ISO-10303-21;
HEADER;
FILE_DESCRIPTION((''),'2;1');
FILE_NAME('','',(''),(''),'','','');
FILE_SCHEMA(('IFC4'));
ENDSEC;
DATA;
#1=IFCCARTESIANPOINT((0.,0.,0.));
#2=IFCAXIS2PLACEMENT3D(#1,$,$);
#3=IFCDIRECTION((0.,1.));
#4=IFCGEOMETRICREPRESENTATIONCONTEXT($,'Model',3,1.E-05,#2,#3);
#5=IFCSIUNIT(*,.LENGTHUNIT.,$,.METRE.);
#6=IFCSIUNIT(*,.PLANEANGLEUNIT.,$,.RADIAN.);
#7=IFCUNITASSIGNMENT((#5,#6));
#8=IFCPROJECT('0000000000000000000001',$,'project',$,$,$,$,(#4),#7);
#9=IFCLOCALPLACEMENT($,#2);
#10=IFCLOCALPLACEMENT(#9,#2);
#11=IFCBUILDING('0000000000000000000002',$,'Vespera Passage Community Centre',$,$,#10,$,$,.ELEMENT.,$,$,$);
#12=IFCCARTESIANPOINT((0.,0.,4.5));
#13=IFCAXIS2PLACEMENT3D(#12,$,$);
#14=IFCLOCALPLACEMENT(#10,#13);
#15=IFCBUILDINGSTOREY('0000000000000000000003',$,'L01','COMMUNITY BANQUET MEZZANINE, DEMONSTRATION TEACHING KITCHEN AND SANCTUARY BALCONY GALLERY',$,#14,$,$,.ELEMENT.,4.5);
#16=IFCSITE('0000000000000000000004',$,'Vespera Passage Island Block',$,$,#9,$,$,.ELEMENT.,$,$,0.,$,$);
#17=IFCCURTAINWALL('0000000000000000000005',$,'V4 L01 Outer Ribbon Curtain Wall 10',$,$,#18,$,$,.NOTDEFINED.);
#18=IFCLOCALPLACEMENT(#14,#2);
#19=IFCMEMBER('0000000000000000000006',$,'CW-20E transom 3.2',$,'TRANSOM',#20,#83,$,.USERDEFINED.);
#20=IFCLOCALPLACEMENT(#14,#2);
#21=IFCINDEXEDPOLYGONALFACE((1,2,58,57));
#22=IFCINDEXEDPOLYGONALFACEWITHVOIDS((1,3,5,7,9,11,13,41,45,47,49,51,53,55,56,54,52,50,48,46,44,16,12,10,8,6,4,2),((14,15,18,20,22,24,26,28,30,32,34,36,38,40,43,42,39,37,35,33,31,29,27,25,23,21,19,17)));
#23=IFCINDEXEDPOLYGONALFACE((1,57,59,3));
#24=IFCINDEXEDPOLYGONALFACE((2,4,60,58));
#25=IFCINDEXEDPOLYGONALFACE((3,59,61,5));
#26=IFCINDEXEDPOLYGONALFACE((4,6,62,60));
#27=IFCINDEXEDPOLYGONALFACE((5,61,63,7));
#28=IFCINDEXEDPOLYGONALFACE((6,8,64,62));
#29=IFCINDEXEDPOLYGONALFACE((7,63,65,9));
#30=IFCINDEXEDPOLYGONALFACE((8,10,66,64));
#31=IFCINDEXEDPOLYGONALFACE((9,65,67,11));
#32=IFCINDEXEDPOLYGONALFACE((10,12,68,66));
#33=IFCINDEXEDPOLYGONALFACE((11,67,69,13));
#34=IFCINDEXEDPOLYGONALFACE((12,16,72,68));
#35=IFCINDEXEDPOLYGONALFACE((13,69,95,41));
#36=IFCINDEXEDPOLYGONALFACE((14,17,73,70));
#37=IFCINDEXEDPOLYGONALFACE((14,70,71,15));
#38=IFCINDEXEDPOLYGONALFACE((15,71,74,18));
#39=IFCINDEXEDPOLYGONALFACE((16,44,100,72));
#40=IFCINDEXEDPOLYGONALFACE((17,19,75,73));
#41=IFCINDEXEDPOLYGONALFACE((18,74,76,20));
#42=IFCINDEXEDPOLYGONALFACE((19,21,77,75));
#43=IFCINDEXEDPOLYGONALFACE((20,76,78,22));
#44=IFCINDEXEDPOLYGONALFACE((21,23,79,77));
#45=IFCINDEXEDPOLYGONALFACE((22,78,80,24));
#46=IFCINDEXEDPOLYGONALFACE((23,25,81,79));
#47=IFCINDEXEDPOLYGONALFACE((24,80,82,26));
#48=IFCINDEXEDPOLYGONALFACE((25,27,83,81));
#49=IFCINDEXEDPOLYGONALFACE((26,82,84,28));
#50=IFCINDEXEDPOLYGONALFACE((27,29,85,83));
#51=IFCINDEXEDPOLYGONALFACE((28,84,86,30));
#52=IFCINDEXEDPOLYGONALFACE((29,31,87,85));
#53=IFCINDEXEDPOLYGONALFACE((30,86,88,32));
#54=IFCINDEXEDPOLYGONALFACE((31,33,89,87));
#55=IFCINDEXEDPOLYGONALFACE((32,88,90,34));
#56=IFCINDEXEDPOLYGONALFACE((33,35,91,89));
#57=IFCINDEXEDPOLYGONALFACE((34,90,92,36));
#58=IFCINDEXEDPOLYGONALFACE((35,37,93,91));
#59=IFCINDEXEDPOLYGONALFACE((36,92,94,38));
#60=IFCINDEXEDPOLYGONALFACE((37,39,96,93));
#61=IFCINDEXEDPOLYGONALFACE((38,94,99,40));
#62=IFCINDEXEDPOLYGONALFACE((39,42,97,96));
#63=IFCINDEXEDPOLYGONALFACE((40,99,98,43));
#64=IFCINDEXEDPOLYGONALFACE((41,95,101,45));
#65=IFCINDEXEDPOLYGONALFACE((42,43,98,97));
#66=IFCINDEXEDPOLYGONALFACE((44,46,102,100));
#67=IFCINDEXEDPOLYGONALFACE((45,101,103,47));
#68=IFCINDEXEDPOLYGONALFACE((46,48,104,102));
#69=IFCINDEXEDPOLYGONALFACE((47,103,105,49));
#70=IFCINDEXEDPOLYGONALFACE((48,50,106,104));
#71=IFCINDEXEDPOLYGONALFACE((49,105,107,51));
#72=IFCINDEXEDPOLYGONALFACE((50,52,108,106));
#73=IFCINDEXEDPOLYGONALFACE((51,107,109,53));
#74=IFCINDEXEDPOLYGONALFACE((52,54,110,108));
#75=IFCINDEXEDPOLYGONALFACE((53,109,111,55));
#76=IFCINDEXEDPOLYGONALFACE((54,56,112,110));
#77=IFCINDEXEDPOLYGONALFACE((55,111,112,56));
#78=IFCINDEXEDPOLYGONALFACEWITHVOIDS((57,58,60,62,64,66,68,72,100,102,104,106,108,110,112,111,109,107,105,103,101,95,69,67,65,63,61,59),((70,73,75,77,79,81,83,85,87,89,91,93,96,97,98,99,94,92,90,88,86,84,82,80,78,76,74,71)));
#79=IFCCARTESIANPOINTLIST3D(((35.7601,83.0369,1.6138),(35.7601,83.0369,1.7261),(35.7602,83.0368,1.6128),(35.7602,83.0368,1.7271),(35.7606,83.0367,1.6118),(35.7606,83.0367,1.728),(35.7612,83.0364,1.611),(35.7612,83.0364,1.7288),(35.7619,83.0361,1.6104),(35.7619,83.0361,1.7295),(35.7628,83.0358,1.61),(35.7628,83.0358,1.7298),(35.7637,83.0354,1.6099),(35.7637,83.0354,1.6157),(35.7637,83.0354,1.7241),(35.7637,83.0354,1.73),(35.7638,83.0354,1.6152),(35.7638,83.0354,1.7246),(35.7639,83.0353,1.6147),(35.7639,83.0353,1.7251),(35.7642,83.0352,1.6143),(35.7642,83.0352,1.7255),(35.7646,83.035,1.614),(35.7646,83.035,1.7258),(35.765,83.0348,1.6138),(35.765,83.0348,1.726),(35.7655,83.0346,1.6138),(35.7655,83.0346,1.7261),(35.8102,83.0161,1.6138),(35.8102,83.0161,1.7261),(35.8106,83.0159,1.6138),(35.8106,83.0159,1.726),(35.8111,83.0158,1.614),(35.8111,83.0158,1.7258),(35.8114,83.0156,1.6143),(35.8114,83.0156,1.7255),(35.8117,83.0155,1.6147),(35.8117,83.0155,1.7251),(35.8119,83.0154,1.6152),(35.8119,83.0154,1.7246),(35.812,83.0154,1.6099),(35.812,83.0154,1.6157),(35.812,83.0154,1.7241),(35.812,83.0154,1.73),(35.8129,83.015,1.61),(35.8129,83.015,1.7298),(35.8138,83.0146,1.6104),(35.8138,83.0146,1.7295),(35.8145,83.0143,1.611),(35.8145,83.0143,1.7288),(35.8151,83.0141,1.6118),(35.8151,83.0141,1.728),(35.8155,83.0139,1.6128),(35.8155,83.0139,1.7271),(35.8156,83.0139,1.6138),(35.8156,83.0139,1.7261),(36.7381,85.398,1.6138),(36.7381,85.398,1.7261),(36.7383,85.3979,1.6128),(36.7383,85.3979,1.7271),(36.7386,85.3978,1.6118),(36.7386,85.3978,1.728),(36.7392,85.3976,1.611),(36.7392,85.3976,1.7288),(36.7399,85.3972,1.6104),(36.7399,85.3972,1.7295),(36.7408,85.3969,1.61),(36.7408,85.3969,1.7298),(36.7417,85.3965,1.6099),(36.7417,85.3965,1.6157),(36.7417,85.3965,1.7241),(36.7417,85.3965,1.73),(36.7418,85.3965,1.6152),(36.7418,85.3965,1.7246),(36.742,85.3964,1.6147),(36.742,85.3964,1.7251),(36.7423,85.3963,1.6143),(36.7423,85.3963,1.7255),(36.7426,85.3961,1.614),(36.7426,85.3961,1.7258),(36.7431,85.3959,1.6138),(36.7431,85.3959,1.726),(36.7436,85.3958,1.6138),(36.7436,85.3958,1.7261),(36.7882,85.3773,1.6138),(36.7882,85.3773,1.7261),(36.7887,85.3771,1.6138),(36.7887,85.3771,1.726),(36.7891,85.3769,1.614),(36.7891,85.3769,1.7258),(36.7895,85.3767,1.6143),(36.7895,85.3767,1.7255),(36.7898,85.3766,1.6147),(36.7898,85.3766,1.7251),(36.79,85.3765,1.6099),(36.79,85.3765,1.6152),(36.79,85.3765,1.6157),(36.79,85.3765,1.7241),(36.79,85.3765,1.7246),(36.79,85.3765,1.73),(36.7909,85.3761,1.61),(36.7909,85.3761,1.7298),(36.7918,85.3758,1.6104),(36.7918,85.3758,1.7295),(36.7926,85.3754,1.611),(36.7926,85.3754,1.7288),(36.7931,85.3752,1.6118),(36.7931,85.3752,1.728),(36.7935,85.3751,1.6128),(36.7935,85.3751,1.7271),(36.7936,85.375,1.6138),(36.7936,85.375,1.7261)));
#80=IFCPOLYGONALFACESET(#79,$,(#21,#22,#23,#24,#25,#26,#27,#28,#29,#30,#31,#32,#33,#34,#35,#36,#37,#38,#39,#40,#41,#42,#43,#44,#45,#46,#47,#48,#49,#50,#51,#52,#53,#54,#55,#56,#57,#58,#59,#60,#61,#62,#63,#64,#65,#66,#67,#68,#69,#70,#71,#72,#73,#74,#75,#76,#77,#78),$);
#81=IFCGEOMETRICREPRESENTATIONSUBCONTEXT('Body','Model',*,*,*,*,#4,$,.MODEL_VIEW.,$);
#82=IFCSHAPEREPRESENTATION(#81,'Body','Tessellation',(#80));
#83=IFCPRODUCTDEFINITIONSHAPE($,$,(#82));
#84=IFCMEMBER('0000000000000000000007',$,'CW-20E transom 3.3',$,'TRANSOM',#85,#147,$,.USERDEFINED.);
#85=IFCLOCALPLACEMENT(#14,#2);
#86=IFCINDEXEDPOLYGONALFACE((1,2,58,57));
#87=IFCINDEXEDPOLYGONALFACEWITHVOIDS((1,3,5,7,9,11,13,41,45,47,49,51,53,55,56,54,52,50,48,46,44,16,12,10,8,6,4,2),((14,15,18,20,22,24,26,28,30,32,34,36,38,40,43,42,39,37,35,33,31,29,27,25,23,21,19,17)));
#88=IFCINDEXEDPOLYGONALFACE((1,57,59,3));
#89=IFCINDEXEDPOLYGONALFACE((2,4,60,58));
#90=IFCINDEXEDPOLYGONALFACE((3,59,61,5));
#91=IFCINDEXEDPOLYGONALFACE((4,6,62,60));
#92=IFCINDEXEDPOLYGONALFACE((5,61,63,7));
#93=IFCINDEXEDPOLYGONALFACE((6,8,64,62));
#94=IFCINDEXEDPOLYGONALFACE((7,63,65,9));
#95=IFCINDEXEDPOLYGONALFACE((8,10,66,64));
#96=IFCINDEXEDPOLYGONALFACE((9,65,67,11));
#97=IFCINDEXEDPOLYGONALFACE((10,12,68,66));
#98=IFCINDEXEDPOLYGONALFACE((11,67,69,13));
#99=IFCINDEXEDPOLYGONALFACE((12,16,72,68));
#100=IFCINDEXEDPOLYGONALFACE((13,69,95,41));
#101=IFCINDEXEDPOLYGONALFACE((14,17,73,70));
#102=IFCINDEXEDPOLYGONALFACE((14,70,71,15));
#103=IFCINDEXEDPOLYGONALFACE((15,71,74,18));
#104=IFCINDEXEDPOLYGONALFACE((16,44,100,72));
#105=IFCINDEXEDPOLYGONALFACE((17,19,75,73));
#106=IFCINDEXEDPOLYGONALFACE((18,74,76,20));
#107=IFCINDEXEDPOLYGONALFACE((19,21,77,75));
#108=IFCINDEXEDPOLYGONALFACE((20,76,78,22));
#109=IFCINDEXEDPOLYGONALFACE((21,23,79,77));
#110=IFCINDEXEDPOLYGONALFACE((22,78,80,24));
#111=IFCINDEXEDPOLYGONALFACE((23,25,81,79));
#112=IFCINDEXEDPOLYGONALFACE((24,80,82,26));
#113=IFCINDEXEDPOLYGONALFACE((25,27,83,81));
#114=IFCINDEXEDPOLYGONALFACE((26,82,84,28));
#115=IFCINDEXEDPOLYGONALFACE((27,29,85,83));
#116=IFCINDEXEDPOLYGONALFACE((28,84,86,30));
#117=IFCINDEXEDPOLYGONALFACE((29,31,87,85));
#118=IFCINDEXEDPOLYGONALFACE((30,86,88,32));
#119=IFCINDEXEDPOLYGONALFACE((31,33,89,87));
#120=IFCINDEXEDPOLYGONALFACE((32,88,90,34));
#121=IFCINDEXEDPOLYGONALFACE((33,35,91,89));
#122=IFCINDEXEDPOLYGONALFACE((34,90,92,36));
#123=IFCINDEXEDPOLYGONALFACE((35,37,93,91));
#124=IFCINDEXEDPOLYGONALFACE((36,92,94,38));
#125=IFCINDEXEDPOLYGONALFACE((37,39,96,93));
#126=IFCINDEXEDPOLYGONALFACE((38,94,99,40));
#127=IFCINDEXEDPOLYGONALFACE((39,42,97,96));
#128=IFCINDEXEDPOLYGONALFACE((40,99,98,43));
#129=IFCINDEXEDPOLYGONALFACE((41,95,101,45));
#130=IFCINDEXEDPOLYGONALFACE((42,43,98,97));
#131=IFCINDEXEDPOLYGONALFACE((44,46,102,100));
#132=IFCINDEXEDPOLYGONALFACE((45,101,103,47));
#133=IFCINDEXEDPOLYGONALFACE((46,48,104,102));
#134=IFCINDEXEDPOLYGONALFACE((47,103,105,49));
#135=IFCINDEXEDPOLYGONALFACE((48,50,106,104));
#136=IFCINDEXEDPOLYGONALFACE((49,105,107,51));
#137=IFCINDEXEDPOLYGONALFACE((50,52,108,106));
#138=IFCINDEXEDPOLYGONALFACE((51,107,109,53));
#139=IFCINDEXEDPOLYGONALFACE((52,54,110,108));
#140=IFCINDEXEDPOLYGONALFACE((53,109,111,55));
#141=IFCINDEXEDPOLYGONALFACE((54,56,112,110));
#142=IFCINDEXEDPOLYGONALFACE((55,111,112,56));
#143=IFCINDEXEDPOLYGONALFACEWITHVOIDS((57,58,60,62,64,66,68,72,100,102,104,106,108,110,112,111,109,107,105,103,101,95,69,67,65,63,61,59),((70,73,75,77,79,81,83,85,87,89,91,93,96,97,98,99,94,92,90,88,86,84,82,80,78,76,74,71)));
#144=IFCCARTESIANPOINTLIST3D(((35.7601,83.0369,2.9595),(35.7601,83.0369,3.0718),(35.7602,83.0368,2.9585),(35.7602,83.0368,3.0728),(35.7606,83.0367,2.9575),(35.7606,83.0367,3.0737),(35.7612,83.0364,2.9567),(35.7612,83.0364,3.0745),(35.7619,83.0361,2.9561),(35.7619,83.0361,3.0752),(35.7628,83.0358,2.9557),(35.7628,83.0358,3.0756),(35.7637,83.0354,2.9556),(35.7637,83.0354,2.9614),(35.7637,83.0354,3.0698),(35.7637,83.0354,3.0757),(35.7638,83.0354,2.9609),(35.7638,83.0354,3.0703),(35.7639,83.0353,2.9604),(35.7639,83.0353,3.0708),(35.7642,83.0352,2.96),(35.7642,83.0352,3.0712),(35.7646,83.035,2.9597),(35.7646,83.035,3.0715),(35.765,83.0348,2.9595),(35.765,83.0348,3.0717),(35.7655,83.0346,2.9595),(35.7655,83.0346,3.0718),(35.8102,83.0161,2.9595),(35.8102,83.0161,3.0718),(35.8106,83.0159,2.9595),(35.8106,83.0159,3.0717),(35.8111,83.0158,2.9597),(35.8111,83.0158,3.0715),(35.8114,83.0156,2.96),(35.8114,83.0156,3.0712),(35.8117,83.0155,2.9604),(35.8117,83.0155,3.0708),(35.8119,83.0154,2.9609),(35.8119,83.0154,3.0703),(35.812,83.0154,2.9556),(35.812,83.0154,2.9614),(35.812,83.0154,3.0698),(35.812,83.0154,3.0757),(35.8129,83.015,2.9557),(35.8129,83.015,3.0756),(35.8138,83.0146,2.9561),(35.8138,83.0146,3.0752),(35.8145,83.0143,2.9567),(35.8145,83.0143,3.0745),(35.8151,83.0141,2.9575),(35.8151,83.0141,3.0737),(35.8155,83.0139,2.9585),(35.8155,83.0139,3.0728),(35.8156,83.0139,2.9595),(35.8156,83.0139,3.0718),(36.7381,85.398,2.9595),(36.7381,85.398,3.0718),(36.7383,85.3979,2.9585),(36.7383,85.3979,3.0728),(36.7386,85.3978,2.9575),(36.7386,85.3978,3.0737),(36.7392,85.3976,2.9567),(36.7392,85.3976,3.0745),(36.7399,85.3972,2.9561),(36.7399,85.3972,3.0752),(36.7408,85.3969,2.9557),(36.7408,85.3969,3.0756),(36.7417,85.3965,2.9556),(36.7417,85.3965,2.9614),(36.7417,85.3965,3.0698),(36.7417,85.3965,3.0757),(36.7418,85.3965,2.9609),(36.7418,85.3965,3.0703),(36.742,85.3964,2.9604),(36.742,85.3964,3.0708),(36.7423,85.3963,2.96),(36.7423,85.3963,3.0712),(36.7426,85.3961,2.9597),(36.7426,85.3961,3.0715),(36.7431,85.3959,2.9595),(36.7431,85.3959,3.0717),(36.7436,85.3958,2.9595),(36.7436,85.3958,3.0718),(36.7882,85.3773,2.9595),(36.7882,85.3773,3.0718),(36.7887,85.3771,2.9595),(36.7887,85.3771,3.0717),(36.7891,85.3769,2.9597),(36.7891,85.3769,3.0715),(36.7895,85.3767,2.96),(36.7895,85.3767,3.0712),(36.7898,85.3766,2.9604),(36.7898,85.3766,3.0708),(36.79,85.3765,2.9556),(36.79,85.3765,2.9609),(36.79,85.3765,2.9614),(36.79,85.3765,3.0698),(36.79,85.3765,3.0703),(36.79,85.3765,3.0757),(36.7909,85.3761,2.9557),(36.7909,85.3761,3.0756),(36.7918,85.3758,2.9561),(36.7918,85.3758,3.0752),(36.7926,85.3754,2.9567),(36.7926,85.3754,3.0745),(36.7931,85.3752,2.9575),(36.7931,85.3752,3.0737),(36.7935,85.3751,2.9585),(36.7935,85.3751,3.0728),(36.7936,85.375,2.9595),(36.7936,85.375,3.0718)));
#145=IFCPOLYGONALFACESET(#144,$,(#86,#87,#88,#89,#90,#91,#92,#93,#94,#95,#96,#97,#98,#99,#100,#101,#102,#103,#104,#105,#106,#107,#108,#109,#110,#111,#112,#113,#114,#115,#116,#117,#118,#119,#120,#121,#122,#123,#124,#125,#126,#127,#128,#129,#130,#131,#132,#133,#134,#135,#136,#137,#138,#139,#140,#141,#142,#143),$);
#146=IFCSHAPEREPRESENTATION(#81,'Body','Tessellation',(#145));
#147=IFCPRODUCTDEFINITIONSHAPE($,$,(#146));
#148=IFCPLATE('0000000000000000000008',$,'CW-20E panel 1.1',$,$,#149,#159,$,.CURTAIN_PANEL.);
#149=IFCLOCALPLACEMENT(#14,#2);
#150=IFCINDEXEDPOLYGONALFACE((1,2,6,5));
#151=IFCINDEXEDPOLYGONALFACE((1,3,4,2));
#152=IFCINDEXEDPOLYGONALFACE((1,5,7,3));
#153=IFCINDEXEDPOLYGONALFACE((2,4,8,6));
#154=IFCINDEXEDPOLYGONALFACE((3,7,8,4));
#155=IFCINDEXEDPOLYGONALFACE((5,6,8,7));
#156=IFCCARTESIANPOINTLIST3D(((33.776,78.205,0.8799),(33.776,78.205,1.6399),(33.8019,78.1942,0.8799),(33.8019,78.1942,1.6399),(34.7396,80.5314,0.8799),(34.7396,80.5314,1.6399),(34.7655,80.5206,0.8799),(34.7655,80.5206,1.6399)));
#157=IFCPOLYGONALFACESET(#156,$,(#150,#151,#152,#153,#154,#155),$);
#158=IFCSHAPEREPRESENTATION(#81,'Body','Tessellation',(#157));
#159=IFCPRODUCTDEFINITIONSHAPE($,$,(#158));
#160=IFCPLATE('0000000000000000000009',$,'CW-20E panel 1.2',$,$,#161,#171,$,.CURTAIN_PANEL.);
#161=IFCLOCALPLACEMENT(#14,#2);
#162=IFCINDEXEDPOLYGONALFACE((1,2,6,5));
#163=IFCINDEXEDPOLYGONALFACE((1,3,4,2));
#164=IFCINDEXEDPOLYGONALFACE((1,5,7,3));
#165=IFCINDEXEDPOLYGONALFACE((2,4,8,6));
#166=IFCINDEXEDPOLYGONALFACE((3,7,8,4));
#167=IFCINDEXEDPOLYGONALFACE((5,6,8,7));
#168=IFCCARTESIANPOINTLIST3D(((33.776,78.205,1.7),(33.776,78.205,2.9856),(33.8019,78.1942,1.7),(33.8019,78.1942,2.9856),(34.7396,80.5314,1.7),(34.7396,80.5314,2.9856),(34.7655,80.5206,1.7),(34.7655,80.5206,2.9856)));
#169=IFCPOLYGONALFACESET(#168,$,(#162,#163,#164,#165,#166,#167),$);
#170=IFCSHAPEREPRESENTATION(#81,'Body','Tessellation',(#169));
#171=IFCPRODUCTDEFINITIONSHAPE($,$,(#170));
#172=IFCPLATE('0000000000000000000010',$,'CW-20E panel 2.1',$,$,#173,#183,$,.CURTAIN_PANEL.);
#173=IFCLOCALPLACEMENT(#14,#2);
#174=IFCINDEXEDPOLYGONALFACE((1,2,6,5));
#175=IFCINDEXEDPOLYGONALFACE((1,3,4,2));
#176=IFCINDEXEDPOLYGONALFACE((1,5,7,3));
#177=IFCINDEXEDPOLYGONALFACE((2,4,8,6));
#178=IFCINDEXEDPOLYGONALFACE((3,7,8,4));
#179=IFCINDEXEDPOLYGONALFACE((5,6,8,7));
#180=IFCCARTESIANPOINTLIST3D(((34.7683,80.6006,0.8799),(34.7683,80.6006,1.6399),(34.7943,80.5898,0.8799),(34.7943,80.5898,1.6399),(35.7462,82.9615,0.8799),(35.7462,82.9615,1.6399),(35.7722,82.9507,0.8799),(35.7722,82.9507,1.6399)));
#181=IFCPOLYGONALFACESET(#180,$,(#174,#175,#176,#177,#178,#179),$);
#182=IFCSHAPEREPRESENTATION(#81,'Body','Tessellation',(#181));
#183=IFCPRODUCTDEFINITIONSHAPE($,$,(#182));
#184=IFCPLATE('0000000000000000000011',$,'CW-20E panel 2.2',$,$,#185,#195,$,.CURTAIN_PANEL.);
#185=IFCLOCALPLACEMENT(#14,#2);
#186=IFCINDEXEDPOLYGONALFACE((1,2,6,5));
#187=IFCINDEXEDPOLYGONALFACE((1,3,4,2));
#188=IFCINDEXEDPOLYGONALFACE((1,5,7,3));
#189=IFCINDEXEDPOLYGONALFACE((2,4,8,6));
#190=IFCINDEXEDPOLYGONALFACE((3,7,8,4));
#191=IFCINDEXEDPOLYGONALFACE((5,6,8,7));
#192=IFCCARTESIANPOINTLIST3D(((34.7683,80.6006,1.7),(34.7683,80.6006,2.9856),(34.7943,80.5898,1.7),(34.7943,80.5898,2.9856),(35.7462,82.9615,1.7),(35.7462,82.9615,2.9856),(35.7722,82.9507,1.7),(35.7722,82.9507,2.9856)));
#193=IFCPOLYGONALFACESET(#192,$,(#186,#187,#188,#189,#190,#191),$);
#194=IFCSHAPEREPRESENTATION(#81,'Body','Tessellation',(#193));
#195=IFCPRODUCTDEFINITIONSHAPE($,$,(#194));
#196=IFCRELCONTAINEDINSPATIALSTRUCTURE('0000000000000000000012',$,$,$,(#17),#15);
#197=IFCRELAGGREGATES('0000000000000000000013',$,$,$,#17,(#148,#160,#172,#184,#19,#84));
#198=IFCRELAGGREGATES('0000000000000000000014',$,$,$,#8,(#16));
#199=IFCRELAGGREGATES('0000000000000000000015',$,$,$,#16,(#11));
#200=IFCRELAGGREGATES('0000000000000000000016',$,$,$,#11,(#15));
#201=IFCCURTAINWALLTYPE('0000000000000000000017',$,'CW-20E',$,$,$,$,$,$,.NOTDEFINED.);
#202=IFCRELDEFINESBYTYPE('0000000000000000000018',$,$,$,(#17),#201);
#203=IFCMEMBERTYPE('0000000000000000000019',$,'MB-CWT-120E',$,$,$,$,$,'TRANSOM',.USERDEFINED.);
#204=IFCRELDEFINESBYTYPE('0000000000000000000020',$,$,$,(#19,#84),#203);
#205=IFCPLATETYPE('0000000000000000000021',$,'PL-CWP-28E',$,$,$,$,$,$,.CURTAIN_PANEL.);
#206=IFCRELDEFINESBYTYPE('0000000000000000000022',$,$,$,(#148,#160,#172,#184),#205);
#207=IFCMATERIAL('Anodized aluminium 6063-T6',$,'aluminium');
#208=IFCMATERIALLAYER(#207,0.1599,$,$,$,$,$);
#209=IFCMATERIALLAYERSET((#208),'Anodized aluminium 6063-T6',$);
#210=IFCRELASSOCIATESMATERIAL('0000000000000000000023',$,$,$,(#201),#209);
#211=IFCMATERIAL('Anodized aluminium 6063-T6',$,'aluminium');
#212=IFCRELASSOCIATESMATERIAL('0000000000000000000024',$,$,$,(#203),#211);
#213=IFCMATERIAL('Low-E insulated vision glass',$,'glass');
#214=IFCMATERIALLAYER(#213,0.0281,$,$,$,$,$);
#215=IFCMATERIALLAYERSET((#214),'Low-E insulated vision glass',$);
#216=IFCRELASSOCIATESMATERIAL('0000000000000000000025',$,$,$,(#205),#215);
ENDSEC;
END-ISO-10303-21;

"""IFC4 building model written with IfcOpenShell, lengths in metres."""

from ifc_helpers import new_model, si_unit, direction, frame, origin, origin_2d, place, context, subcontext, project, spatial, rectangle, hollow_rectangle, extrude, material, layer, layer_set, material_profile, profile_set, type_object, element, aggregate, save


model = new_model("IFC4")

# Units and contexts
model_context = context("Model", 3, precision=1e-05, world=origin(), true_north=direction((0.0, 1.0)))
body_context = subcontext(model_context, "Body", "Model", "MODEL_VIEW")
ifc_project = project(units=[si_unit("LENGTHUNIT", "METRE"), si_unit("PLANEANGLEUNIT", "RADIAN")], contexts=[model_context])

# Site, building, storey
site_placement = place(None, origin())
site = spatial("IfcSite", under=ifc_project, at=site_placement, Name="Vespera Passage Island Block", CompositionType="ELEMENT", RefElevation=0.0)
building_placement = place(site_placement, origin())
building = spatial("IfcBuilding", under=site, at=building_placement, Name="Vespera Passage Community Centre", CompositionType="ELEMENT")
storey_placement = place(building_placement, frame((0.0, 0.0, 4.5)))
storey = spatial("IfcBuildingStorey", under=building, at=storey_placement, Name="L01", Description="COMMUNITY BANQUET MEZZANINE, DEMONSTRATION TEACHING KITCHEN AND SANCTUARY BALCONY GALLERY", CompositionType="ELEMENT", Elevation=4.5)

# Curtain wall
ifc_material_1 = material(Name="Anodized aluminium 6063-T6", Category="aluminium")
ifc_layer_1 = layer(ifc_material_1, 0.1599)
ifc_layer_set_1 = layer_set([ifc_layer_1], Name="Anodized aluminium 6063-T6")
curtain_wall_type_1 = type_object("IfcCurtainWallType", Name="CW-20E", PredefinedType="NOTDEFINED", material=ifc_layer_set_1)
curtain_wall_1_placement = place(storey_placement, origin())
curtain_wall_1 = element("IfcCurtainWall", 1, at=curtain_wall_1_placement, inside=storey, type_object=curtain_wall_type_1, Name="V4 L01 Outer Ribbon Curtain Wall 10", PredefinedType="NOTDEFINED")

# Members
ifc_material_2 = material(Name="Anodized aluminium 6063-T6", Category="aluminium")
ifc_material_profile_1 = material_profile(ifc_material_2, hollow_rectangle(XDim=0.0601, YDim=0.1201, WallThickness=0.0039, InnerFilletRadius=0.002, OuterFilletRadius=0.0039, at=origin_2d()), Name="ALU120X60X4")
ifc_profile_set_1 = profile_set([ifc_material_profile_1], Name="Anodized aluminium 6063-T6")
member_type_1 = type_object("IfcMemberType", Name="MB-CWT-120E", ElementType="TRANSOM", PredefinedType="USERDEFINED", material=ifc_profile_set_1)
member_1_placement = place(storey_placement, frame((35.7878, 83.0254, 1.6699), z_axis=(0.382695, 0.923875, 0.0), x_axis=(-0.923875, 0.382695, 0.0)))
member_1 = element("IfcMember", 2, at=member_1_placement, type_object=member_type_1, Name="CW-20E transom 3.2", ObjectType="TRANSOM", PredefinedType="USERDEFINED", context=body_context, shape_type="SweptSolid", body=[
    extrude(hollow_rectangle(XDim=0.0601, YDim=0.1201, WallThickness=0.0039, InnerFilletRadius=0.002, OuterFilletRadius=0.0039, at=origin_2d()), origin(), (0.0, 0.0, 1.0), 2.5557),
])
member_2_placement = place(storey_placement, frame((35.7878, 83.0254, 3.0156), z_axis=(0.382695, 0.923875, 0.0), x_axis=(-0.923875, 0.382695, 0.0)))
member_2 = element("IfcMember", 3, at=member_2_placement, type_object=member_type_1, Name="CW-20E transom 3.3", ObjectType="TRANSOM", PredefinedType="USERDEFINED", context=body_context, shape_type="SweptSolid", body=[
    extrude(hollow_rectangle(XDim=0.0601, YDim=0.1201, WallThickness=0.0039, InnerFilletRadius=0.002, OuterFilletRadius=0.0039, at=origin_2d()), origin(), (0.0, 0.0, 1.0), 2.5557),
])

# Plates
ifc_material_3 = material(Name="Low-E insulated vision glass", Category="glass")
ifc_layer_2 = layer(ifc_material_3, 0.0281)
ifc_layer_set_2 = layer_set([ifc_layer_2], Name="Low-E insulated vision glass")
plate_type_1 = type_object("IfcPlateType", Name="PL-CWP-28E", PredefinedType="CURTAIN_PANEL", material=ifc_layer_set_2)
plate_1_placement = place(storey_placement, frame((34.2708, 79.3628, 0.8799), z_axis=(0.0, 0.0, 1.0), x_axis=(0.382679, 0.923881, 0.0)))
plate_1 = element("IfcPlate", 4, at=plate_1_placement, type_object=plate_type_1, Name="CW-20E panel 1.1", PredefinedType="CURTAIN_PANEL", context=body_context, shape_type="SweptSolid", body=[
    extrude(rectangle(XDim=2.5181, YDim=0.0281, at=origin_2d()), origin(), (0.0, 0.0, 1.0), 0.76),
])
plate_2_placement = place(storey_placement, frame((34.2708, 79.3628, 1.7), z_axis=(0.0, 0.0, 1.0), x_axis=(0.382679, 0.923881, 0.0)))
plate_2 = element("IfcPlate", 5, at=plate_2_placement, type_object=plate_type_1, Name="CW-20E panel 1.2", PredefinedType="CURTAIN_PANEL", context=body_context, shape_type="SweptSolid", body=[
    extrude(rectangle(XDim=2.5181, YDim=0.0281, at=origin_2d()), origin(), (0.0, 0.0, 1.0), 1.2856),
])
plate_3_placement = place(storey_placement, frame((35.2703, 81.7756, 0.8799), z_axis=(0.0, 0.0, 1.0), x_axis=(0.382679, 0.923881, 0.0)))
plate_3 = element("IfcPlate", 6, at=plate_3_placement, type_object=plate_type_1, Name="CW-20E panel 2.1", PredefinedType="CURTAIN_PANEL", context=body_context, shape_type="SweptSolid", body=[
    extrude(rectangle(XDim=2.5554, YDim=0.0281, at=origin_2d()), origin(), (0.0, 0.0, 1.0), 0.76),
])
plate_4_placement = place(storey_placement, frame((35.2703, 81.7756, 1.7), z_axis=(0.0, 0.0, 1.0), x_axis=(0.382679, 0.923881, 0.0)))
plate_4 = element("IfcPlate", 7, at=plate_4_placement, type_object=plate_type_1, Name="CW-20E panel 2.2", PredefinedType="CURTAIN_PANEL", context=body_context, shape_type="SweptSolid", body=[
    extrude(rectangle(XDim=2.5554, YDim=0.0281, at=origin_2d()), origin(), (0.0, 0.0, 1.0), 1.2856),
])
aggregate(curtain_wall_1, [plate_1, plate_2, plate_3, plate_4, member_1, member_2])

save(model, "model.ifc")
